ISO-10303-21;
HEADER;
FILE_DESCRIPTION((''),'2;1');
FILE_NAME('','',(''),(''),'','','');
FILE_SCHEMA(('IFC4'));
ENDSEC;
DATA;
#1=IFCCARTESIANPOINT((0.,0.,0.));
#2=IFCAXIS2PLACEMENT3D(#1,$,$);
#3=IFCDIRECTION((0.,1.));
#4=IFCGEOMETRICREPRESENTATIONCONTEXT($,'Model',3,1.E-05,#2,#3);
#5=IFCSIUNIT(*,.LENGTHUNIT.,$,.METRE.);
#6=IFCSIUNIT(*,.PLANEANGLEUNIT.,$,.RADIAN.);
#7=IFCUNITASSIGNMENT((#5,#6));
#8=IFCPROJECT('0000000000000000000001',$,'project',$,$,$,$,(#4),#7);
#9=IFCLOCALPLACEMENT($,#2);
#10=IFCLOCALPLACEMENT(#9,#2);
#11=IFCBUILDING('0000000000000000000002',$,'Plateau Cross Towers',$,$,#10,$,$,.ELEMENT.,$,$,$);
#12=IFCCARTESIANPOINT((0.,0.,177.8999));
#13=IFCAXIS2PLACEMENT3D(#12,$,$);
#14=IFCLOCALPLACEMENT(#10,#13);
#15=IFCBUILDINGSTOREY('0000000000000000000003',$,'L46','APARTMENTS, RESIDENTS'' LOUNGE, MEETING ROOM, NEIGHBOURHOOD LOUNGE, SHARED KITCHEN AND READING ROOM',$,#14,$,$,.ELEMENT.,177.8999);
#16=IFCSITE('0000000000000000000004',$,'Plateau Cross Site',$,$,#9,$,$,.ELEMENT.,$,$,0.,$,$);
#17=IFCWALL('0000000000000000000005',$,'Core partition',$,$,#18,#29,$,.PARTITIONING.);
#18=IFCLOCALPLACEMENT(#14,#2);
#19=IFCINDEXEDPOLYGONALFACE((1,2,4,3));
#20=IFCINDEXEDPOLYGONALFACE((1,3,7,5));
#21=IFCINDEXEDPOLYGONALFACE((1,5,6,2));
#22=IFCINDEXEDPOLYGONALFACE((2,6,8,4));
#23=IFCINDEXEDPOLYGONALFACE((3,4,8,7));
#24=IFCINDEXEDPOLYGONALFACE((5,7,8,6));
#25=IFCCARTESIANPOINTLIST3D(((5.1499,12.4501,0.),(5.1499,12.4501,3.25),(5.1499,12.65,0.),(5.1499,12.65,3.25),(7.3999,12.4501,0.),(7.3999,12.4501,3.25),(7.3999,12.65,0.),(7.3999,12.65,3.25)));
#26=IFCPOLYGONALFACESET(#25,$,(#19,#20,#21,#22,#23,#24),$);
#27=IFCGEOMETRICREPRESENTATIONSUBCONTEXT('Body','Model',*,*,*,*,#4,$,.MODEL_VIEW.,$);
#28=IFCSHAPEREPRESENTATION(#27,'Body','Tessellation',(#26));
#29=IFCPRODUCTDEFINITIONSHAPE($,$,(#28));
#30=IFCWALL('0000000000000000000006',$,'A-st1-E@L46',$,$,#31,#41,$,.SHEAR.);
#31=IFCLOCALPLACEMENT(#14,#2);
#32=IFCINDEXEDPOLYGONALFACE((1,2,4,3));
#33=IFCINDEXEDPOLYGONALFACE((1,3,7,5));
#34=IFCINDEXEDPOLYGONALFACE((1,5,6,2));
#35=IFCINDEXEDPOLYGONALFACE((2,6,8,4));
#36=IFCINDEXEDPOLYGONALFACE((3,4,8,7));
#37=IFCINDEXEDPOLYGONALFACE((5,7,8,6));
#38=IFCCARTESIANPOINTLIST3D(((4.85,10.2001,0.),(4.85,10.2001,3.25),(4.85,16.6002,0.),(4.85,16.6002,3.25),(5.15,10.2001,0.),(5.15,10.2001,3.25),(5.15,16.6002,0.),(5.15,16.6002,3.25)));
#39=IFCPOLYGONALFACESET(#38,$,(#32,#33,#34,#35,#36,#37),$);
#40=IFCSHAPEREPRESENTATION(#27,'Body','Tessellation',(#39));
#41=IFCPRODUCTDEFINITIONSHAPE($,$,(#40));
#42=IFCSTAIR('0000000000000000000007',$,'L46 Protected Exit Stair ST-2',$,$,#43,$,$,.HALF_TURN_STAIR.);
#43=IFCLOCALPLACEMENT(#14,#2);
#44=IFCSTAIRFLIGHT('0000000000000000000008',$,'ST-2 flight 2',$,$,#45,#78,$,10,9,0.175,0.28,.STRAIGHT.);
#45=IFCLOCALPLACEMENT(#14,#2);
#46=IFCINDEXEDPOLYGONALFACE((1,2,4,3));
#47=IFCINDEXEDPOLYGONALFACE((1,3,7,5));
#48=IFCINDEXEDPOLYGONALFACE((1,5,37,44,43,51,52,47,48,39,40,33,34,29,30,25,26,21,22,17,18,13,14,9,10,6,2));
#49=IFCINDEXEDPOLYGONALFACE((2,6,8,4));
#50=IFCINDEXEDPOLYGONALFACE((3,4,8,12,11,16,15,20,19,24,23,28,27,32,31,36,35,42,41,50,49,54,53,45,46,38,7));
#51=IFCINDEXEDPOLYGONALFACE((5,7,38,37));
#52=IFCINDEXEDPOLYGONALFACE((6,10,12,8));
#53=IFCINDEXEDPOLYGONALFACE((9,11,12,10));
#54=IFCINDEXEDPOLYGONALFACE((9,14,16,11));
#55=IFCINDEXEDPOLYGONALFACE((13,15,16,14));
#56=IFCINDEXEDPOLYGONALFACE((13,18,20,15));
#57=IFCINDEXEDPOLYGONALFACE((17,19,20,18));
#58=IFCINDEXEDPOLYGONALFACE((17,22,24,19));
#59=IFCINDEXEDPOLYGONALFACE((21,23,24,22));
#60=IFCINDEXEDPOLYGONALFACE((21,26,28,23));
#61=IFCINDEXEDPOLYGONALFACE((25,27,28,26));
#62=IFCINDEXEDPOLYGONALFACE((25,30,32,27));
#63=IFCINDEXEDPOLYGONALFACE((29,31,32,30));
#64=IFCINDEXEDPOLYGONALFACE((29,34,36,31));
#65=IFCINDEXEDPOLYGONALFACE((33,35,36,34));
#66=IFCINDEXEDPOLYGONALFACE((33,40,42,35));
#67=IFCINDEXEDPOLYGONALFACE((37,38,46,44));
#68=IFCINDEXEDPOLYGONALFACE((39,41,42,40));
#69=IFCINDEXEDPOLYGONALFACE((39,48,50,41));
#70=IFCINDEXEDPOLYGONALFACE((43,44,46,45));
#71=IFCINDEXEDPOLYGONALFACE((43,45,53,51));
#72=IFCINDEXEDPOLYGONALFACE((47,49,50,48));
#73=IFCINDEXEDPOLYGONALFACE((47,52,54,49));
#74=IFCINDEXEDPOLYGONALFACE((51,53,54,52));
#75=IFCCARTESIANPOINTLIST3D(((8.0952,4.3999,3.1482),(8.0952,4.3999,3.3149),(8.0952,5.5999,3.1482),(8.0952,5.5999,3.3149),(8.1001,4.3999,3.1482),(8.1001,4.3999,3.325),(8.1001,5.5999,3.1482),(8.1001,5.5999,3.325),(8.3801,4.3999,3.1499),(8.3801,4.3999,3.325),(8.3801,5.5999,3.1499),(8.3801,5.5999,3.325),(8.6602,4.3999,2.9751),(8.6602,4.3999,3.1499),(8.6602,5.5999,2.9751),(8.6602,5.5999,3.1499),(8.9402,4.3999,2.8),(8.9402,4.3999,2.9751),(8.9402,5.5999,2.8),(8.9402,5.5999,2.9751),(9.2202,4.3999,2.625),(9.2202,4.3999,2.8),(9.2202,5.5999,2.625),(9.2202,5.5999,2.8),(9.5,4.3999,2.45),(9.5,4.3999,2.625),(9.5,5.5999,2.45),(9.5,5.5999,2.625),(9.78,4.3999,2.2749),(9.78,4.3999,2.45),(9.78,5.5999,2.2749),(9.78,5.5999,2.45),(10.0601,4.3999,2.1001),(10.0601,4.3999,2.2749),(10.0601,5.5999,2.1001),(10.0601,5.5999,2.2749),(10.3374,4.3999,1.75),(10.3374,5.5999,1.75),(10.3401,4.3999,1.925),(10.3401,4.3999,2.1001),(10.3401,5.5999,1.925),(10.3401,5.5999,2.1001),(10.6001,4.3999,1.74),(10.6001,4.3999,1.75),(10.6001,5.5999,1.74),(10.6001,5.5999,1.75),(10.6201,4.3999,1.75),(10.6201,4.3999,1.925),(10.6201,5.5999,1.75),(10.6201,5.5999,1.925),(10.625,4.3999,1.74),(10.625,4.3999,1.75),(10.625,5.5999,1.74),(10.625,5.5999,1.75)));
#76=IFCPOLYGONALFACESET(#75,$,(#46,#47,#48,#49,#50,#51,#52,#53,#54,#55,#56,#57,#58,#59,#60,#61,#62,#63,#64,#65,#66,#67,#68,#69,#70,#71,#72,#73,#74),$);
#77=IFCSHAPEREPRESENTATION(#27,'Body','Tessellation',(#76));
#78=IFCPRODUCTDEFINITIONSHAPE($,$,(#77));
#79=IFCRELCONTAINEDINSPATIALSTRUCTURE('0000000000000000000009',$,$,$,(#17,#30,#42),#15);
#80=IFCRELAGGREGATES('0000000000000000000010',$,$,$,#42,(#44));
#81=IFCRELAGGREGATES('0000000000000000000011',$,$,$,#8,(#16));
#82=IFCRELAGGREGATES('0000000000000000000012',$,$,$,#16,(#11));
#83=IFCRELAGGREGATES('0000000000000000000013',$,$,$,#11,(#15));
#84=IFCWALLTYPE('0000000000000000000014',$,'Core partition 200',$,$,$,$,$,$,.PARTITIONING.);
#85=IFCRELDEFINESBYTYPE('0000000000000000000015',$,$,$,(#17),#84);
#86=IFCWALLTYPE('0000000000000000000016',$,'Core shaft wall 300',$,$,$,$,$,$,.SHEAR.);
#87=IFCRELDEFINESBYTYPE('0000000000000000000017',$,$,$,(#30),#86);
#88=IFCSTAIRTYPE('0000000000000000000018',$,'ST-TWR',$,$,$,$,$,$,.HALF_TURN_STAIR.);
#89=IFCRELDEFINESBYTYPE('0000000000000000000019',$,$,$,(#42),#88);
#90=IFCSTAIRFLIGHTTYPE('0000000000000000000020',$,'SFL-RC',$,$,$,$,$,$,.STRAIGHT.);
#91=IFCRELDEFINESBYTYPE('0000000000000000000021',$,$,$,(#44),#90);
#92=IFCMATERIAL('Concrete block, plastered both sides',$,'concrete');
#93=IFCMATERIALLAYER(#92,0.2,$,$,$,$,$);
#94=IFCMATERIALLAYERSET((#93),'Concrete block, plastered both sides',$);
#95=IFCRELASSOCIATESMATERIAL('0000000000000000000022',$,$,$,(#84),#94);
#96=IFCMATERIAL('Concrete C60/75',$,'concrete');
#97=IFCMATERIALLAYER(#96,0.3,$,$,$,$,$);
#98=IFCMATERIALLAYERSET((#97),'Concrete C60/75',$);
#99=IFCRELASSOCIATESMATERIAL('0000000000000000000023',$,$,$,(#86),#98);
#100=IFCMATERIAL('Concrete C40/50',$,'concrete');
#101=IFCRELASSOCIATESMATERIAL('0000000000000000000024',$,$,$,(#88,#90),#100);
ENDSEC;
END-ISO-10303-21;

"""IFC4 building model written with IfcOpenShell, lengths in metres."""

from ifc_helpers import new_model, si_unit, direction, frame, frame_2d, origin, place, context, subcontext, project, spatial, polyline, rectangle, outline, extrude, material, layer, layer_set, type_object, element, aggregate, save


model = new_model("IFC4")

# Units and contexts
model_context = context("Model", 3, precision=1e-05, world=origin(), true_north=direction((0.0, 1.0)))
body_context = subcontext(model_context, "Body", "Model", "MODEL_VIEW")
ifc_project = project(units=[si_unit("LENGTHUNIT", "METRE"), si_unit("PLANEANGLEUNIT", "RADIAN")], contexts=[model_context])

# Site, building, storey
site_placement = place(None, origin())
site = spatial("IfcSite", under=ifc_project, at=site_placement, Name="Plateau Cross Site", CompositionType="ELEMENT", RefElevation=0.0)
building_placement = place(site_placement, origin())
building = spatial("IfcBuilding", under=site, at=building_placement, Name="Plateau Cross Towers", CompositionType="ELEMENT")
storey_placement = place(building_placement, frame((0.0, 0.0, 177.8999)))
storey = spatial("IfcBuildingStorey", under=building, at=storey_placement, Name="L46", Description="APARTMENTS, RESIDENTS' LOUNGE, MEETING ROOM, NEIGHBOURHOOD LOUNGE, SHARED KITCHEN AND READING ROOM", CompositionType="ELEMENT", Elevation=177.8999)

# Shared definitions
ifc_material_1 = material(Name="Concrete block, plastered both sides", Category="concrete")
ifc_layer_1 = layer(ifc_material_1, 0.2)
ifc_layer_set_1 = layer_set([ifc_layer_1], Name="Concrete block, plastered both sides")
wall_type_1 = type_object("IfcWallType", Name="Core partition 200", PredefinedType="PARTITIONING", material=ifc_layer_set_1)

# Walls
wall_1_placement = place(storey_placement, frame((5.1499, 12.55, 0.0), z_axis=(0.0, 0.0, 1.0), x_axis=(1.0, 0.0, 0.0)))
element("IfcWall", 1, at=wall_1_placement, inside=storey, type_object=wall_type_1, Name="Core partition", PredefinedType="PARTITIONING", context=body_context, shape_type="SweptSolid", body=[
    extrude(rectangle(XDim=2.25, YDim=0.2, at=frame_2d((1.125, 0.0))), origin(), (0.0, 0.0, 1.0), 3.25),
])
ifc_material_2 = material(Name="Concrete C60/75", Category="concrete")
ifc_layer_2 = layer(ifc_material_2, 0.3)
ifc_layer_set_2 = layer_set([ifc_layer_2], Name="Concrete C60/75")
wall_type_2 = type_object("IfcWallType", Name="Core shaft wall 300", PredefinedType="SHEAR", material=ifc_layer_set_2)
wall_2_placement = place(storey_placement, frame((5.0, 10.2, 0.0), z_axis=(0.0, 0.0, 1.0), x_axis=(0.0, 1.0, 0.0)))
element("IfcWall", 2, at=wall_2_placement, inside=storey, type_object=wall_type_2, Name="A-st1-E@L46", PredefinedType="SHEAR", context=body_context, shape_type="SweptSolid", body=[
    extrude(rectangle(XDim=6.4001, YDim=0.3, at=frame_2d((3.2002, 0.0))), origin(), (0.0, 0.0, 1.0), 3.25),
])

# Stair, stair flight
ifc_material_3 = material(Name="Concrete C40/50", Category="concrete")
stair_type = type_object("IfcStairType", Name="ST-TWR", PredefinedType="HALF_TURN_STAIR", material=ifc_material_3)
stair_placement = place(storey_placement, origin())
stair = element("IfcStair", 3, at=stair_placement, inside=storey, type_object=stair_type, Name="L46 Protected Exit Stair ST-2", PredefinedType="HALF_TURN_STAIR")
stair_flight_type = type_object("IfcStairFlightType", Name="SFL-RC", PredefinedType="STRAIGHT", material=ifc_material_3)
stair_flight_placement = place(storey_placement, frame((10.6201, 5.0, 1.75), z_axis=(0.0, 0.0, 1.0), x_axis=(-1.0, 0.0, 0.0)))
stair_flight = element("IfcStairFlight", 4, at=stair_flight_placement, type_object=stair_flight_type, Name="ST-2 flight 2", NumberOfRisers=10, NumberOfTreads=9, PredefinedType="STRAIGHT", RiserHeight=0.175, TreadLength=0.28, context=body_context, shape_type="SweptSolid", body=[
    extrude(outline(polyline([(-0.0049, -0.01), (-0.0049, 0.0), (0.0, 0.0), (0.0, 0.175), (0.28, 0.175), (0.28, 0.3501), (0.5601, 0.3501), (0.5601, 0.5249), (0.8401, 0.5249), (0.8401, 0.7), (1.1201, 0.7), (1.1201, 0.875), (1.3999, 0.875), (1.3999, 1.05), (1.6799, 1.05), (1.6799, 1.2251), (1.96, 1.2251), (1.96, 1.3999), (2.24, 1.3999), (2.24, 1.575), (2.52, 1.575), (2.5249, 1.5649), (2.5249, 1.3982), (2.52, 1.3982), (0.2827, 0.0), (0.02, 0.0), (0.02, -0.01), (-0.0049, -0.01)])), frame((0.0, 0.6001, 0.0), z_axis=(0.0, -1.0, 0.0), x_axis=(1.0, 0.0, 0.0)), (0.0, 0.0, 1.0), 1.2),
])
aggregate(stair, [stair_flight])

save(model, "model.ifc")
